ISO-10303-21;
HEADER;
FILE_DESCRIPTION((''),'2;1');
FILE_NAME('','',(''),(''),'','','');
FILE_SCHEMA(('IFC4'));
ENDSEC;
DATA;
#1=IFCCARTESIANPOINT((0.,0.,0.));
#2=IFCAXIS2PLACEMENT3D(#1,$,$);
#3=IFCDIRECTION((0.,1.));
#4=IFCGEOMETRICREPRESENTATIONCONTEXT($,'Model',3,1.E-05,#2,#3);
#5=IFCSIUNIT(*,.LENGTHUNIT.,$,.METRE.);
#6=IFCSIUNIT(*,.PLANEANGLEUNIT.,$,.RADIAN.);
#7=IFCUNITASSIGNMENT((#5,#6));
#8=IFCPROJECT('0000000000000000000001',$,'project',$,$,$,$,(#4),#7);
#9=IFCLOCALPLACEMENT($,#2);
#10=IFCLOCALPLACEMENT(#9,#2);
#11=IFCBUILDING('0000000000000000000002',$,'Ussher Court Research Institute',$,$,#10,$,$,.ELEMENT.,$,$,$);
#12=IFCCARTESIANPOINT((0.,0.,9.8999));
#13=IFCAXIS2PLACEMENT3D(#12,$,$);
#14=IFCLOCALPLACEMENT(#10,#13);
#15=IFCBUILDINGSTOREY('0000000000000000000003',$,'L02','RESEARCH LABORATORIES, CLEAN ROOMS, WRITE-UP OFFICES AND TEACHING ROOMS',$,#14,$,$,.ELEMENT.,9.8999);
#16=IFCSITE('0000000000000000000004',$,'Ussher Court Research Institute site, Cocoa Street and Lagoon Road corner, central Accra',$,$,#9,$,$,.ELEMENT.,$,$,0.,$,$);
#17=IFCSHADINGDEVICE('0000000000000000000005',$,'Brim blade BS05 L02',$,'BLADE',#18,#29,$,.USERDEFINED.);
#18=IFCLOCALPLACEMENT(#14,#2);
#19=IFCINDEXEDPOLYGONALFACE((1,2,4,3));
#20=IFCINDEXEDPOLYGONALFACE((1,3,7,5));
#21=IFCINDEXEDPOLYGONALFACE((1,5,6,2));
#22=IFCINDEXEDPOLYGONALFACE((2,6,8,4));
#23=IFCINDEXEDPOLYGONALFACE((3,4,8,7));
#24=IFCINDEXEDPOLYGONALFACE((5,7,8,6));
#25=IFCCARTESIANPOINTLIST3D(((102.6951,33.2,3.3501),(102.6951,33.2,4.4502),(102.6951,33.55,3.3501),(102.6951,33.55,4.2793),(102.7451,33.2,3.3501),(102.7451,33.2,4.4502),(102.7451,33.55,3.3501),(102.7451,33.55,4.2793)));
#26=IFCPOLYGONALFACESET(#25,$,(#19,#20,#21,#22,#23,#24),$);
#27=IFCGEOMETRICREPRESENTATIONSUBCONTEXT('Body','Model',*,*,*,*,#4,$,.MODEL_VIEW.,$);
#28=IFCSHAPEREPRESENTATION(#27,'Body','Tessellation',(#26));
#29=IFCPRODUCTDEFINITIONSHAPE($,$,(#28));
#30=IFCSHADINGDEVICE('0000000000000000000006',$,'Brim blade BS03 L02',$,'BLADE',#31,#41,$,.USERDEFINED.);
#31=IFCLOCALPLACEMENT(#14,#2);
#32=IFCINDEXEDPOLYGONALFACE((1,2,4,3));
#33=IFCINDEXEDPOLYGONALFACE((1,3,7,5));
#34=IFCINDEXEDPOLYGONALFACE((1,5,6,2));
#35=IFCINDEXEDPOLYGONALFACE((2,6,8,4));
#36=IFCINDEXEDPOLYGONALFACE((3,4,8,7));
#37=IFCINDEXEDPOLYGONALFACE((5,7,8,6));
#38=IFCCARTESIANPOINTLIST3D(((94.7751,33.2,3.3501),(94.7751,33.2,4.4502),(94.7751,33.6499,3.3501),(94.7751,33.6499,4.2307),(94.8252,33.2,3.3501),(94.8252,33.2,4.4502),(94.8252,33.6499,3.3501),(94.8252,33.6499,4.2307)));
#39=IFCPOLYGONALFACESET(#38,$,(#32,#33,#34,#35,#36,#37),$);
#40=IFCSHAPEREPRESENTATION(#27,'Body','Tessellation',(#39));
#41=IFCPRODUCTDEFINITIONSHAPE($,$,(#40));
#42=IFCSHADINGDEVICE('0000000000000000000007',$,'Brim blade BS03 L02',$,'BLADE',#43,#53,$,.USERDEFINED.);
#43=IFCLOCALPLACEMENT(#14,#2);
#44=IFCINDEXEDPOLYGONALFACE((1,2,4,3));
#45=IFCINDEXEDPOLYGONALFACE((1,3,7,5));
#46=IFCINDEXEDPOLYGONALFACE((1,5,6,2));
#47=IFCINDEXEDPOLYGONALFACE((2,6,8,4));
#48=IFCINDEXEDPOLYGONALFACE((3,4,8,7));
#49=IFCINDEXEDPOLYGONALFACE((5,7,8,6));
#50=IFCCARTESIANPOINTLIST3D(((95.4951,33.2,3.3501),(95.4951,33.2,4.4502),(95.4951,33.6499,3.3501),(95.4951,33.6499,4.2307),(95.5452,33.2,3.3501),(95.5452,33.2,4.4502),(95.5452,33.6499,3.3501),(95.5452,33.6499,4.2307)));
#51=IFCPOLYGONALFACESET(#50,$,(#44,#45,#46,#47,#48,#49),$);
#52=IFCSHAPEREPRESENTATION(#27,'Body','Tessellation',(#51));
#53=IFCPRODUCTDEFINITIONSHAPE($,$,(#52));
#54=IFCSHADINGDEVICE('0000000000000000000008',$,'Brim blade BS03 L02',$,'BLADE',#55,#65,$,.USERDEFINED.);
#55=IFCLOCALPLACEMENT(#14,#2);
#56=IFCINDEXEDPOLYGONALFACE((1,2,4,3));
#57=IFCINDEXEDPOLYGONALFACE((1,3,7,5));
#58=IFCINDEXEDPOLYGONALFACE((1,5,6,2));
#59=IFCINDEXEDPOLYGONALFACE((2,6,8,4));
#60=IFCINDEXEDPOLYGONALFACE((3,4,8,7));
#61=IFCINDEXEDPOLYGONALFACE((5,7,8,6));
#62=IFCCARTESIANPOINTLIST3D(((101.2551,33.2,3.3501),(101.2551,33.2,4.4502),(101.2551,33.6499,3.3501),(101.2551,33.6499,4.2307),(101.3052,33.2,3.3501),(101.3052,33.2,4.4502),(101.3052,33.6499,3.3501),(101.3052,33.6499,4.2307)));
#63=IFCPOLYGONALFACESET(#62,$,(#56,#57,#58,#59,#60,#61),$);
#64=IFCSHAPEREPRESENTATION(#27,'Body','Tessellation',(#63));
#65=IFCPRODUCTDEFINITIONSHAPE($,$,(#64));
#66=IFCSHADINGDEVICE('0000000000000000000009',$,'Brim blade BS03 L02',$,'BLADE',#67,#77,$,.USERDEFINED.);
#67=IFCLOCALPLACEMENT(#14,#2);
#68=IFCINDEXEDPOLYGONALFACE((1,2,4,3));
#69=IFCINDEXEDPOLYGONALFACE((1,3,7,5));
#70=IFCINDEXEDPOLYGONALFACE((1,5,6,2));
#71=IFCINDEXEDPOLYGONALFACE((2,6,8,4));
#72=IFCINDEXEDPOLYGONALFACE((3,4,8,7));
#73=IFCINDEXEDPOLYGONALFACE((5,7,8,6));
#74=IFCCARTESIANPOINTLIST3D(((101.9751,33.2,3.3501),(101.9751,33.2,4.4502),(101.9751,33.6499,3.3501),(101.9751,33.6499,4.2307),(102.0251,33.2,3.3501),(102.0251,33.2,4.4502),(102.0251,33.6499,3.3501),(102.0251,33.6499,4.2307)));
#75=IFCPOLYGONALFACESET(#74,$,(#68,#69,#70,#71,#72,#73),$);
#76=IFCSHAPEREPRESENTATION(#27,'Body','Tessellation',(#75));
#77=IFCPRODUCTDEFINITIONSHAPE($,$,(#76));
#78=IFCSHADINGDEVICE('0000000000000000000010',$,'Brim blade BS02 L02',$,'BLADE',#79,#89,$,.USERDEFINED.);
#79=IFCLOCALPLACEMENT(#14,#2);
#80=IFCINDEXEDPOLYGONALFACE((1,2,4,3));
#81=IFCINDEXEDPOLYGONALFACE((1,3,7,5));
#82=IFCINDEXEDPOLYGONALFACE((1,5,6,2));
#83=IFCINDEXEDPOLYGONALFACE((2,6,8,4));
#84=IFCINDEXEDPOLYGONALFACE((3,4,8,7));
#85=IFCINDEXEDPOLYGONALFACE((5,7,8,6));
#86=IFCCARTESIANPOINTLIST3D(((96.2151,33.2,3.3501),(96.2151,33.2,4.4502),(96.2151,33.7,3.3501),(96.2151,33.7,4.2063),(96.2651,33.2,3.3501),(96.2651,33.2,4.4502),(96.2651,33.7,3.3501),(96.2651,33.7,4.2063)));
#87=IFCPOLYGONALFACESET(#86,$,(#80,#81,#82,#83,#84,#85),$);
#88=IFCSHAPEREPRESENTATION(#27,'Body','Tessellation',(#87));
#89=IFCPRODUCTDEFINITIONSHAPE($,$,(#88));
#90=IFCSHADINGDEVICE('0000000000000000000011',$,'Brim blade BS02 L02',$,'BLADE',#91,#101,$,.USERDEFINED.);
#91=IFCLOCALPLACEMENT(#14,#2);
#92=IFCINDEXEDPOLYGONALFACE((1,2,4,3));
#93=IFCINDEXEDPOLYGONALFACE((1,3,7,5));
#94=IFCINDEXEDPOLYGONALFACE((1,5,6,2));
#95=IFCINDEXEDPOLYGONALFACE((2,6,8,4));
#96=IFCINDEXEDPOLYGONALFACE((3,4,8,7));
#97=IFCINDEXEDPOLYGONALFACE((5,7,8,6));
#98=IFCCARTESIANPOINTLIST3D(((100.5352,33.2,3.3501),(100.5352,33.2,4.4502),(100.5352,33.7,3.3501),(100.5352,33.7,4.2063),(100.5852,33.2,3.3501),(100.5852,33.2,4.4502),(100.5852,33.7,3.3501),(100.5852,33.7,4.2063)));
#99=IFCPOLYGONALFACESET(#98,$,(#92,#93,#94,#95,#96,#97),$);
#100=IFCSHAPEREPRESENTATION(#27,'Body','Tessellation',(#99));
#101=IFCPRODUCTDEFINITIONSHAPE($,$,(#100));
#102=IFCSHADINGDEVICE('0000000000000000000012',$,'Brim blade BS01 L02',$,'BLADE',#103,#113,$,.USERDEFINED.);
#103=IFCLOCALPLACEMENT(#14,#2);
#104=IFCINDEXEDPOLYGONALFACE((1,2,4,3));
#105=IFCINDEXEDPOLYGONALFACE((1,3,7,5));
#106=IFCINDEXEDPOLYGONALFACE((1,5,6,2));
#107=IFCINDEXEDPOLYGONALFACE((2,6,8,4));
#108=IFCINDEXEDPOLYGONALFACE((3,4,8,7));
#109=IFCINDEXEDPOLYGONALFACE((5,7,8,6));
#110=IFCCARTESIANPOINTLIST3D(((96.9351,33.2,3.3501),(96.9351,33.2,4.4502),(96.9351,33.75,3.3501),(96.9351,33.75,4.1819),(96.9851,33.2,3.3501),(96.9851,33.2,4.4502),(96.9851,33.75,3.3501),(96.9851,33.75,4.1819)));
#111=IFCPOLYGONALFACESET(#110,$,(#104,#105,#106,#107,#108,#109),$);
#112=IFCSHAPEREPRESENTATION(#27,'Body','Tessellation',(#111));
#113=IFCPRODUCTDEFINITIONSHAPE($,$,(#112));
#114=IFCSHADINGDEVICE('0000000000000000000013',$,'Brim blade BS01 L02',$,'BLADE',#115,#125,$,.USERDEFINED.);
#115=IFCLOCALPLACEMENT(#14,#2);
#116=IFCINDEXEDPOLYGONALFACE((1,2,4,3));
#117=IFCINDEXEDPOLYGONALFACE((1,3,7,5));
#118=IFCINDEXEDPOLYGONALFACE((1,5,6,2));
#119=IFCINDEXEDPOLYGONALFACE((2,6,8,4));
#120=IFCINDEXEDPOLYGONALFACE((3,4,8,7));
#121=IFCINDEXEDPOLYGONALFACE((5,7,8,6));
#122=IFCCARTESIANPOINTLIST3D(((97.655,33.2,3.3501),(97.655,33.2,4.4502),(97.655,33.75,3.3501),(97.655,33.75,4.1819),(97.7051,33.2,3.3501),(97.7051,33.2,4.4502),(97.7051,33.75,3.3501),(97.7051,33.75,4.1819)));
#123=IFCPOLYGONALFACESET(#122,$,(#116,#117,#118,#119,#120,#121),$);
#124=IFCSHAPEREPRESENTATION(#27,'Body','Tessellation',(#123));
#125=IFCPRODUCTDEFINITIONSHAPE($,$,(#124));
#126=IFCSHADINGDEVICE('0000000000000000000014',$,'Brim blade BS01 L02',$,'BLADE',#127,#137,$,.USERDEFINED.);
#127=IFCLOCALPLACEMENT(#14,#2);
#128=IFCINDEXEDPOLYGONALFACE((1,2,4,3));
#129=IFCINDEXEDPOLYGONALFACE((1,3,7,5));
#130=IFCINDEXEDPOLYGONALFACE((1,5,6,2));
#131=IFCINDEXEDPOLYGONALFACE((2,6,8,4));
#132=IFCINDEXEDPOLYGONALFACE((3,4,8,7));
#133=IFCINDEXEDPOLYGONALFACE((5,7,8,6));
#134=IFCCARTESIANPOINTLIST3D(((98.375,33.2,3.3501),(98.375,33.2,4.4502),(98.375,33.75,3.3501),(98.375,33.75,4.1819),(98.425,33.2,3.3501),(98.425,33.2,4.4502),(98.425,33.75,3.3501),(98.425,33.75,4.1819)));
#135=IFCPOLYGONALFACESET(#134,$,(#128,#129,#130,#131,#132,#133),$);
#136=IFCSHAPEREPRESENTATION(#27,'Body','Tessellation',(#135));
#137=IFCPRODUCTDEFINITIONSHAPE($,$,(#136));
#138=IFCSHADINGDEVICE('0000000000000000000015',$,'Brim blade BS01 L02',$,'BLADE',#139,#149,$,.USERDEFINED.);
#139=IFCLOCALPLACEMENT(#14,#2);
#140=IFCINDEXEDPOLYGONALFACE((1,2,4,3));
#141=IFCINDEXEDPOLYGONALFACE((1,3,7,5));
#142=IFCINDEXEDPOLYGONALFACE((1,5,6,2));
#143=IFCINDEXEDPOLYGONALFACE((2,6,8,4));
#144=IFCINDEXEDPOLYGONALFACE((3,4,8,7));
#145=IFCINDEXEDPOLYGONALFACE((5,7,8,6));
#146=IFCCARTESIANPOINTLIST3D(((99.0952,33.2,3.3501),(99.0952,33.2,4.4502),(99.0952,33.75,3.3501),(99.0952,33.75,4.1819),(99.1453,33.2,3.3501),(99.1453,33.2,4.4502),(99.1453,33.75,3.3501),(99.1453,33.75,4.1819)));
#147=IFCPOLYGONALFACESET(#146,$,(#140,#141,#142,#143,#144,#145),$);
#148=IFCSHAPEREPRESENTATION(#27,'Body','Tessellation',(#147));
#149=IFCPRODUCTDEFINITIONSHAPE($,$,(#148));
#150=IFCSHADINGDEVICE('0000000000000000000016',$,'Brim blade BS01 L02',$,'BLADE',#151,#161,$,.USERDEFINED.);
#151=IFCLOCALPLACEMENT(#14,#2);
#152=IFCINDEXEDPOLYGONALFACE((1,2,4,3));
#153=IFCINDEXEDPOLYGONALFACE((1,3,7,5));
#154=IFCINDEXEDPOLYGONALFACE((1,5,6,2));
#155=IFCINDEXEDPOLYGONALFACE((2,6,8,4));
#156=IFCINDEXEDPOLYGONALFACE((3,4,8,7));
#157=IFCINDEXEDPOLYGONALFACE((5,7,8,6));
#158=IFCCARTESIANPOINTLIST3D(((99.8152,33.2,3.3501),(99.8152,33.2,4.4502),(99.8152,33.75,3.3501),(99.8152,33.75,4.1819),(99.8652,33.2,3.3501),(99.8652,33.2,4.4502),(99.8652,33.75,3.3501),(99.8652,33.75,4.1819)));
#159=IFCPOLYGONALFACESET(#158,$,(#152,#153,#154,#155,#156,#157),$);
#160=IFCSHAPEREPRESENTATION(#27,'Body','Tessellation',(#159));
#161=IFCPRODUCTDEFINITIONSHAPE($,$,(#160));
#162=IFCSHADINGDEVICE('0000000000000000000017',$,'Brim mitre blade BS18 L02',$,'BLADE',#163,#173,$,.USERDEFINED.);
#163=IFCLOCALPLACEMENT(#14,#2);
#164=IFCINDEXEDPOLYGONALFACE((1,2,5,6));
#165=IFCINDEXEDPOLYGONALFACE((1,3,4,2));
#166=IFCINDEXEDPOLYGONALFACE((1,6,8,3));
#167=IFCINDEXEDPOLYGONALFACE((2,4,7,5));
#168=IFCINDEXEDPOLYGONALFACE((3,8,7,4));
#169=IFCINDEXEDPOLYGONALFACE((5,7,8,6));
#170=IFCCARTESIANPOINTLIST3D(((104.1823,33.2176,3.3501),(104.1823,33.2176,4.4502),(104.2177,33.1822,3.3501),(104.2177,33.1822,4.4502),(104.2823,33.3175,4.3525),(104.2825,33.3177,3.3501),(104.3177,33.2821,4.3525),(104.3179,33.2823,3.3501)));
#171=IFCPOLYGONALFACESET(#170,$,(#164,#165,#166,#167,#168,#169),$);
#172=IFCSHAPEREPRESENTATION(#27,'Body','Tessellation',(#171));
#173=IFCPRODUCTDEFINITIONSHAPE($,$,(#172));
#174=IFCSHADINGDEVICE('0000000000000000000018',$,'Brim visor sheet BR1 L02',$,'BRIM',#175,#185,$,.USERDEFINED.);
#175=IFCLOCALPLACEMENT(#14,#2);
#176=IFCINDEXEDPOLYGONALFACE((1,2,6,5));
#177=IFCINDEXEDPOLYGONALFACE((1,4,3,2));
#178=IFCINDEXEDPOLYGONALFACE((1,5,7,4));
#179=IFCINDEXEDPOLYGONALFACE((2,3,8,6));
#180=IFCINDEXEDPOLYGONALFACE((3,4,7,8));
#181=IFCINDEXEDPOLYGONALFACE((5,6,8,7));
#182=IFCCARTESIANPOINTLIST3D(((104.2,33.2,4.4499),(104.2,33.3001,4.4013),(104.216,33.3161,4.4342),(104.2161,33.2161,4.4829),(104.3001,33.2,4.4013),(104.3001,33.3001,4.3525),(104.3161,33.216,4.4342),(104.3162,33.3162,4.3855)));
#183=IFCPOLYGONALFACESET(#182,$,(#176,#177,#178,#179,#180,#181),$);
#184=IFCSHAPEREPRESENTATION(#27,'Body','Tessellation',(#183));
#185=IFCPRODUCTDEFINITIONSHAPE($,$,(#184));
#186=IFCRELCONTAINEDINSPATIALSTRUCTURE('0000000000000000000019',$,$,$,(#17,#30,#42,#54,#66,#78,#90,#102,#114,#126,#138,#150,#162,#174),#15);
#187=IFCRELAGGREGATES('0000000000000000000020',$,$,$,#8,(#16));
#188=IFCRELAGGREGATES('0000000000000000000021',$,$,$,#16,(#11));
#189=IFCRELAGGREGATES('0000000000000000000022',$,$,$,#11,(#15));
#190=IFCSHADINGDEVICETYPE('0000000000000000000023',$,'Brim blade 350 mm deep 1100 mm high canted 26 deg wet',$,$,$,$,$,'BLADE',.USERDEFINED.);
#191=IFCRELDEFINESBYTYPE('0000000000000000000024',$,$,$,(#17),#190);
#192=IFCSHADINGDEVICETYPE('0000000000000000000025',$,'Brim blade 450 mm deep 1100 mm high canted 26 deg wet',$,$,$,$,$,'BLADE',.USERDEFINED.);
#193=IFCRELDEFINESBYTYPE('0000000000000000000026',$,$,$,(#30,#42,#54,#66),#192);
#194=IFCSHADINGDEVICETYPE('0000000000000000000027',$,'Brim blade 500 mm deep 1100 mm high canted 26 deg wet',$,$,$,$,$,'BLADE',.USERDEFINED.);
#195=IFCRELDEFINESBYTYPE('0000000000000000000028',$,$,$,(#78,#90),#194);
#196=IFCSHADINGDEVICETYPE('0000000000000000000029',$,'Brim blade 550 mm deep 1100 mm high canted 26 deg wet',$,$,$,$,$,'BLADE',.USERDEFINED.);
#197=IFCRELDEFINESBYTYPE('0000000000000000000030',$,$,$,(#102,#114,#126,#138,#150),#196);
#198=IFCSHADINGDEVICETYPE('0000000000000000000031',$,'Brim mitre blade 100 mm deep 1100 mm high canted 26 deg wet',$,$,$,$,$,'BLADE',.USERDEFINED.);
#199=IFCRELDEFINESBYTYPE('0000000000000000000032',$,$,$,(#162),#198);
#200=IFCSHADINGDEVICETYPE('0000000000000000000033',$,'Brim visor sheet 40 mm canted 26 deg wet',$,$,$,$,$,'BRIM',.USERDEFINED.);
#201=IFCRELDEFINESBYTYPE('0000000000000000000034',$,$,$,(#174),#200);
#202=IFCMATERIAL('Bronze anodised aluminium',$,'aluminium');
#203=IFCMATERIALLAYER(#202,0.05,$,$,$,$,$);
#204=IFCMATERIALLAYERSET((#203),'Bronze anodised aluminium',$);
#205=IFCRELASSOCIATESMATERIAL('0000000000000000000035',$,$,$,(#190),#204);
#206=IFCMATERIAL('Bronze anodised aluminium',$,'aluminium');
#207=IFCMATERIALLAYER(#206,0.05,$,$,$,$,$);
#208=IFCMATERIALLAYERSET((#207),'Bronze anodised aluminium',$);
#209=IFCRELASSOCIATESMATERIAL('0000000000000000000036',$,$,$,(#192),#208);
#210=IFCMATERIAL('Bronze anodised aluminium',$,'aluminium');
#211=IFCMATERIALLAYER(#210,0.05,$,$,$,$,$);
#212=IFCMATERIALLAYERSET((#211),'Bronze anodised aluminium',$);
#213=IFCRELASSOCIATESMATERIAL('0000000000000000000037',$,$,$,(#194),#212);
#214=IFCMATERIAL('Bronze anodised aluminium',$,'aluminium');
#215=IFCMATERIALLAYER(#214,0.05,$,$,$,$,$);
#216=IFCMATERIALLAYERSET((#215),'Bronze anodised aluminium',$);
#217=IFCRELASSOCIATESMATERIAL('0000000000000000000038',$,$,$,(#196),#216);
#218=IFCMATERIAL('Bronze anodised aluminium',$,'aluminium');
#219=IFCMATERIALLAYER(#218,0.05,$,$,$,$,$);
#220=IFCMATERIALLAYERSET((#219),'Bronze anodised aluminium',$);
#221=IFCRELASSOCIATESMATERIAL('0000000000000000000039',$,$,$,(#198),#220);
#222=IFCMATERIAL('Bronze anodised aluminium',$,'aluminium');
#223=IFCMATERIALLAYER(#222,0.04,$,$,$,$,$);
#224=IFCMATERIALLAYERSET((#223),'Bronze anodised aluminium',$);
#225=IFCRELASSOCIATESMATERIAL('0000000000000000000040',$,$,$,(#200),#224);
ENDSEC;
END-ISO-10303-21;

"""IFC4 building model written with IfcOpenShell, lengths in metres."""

from ifc_helpers import new_model, si_unit, direction, frame, origin, place, context, subcontext, project, spatial, polyline, outline, extrude, material, layer, layer_set, type_object, element, save


model = new_model("IFC4")

# Units and contexts
model_context = context("Model", 3, precision=1e-05, world=origin(), true_north=direction((0.0, 1.0)))
body_context = subcontext(model_context, "Body", "Model", "MODEL_VIEW")
ifc_project = project(units=[si_unit("LENGTHUNIT", "METRE"), si_unit("PLANEANGLEUNIT", "RADIAN")], contexts=[model_context])

# Site, building, storey
site_placement = place(None, origin())
site = spatial("IfcSite", under=ifc_project, at=site_placement, Name="Ussher Court Research Institute site, Cocoa Street and Lagoon Road corner, central Accra", CompositionType="ELEMENT", RefElevation=0.0)
building_placement = place(site_placement, origin())
building = spatial("IfcBuilding", under=site, at=building_placement, Name="Ussher Court Research Institute", CompositionType="ELEMENT")
storey_placement = place(building_placement, frame((0.0, 0.0, 9.8999)))
storey = spatial("IfcBuildingStorey", under=building, at=storey_placement, Name="L02", Description="RESEARCH LABORATORIES, CLEAN ROOMS, WRITE-UP OFFICES AND TEACHING ROOMS", CompositionType="ELEMENT", Elevation=9.8999)

# Shading devices
ifc_material_1 = material(Name="Bronze anodised aluminium", Category="aluminium")
ifc_layer_1 = layer(ifc_material_1, 0.05)
ifc_layer_set_1 = layer_set([ifc_layer_1], Name="Bronze anodised aluminium")
shading_device_type_1 = type_object("IfcShadingDeviceType", Name="Brim blade 350 mm deep 1100 mm high canted 26 deg wet", ElementType="BLADE", PredefinedType="USERDEFINED", material=ifc_layer_set_1)
for number, where, z_axis, x_axis, name in (
    (1, (102.72, 33.2, 3.3501), (0.0, 0.0, 1.0), (0.0, 1.0, 0.0), "Brim blade BS05 L02"),
):
    element("IfcShadingDevice", number, at=place(storey_placement, frame(where, z_axis=z_axis, x_axis=x_axis)), inside=storey, type_object=shading_device_type_1, Name=name, ObjectType="BLADE", PredefinedType="USERDEFINED", context=body_context, shape_type="SweptSolid", body=[
        extrude(outline(polyline([(0.0, 0.0), (0.3501, 0.0), (0.3501, 0.9292), (0.0, 1.1001), (0.0, 0.0)])), frame((0.0, 0.0249, 0.0), z_axis=(0.0, -1.0, 0.0), x_axis=(1.0, 0.0, 0.0)), (0.0, 0.0, 1.0), 0.05),
    ])
ifc_material_2 = material(Name="Bronze anodised aluminium", Category="aluminium")
ifc_layer_2 = layer(ifc_material_2, 0.05)
ifc_layer_set_2 = layer_set([ifc_layer_2], Name="Bronze anodised aluminium")
shading_device_type_2 = type_object("IfcShadingDeviceType", Name="Brim blade 450 mm deep 1100 mm high canted 26 deg wet", ElementType="BLADE", PredefinedType="USERDEFINED", material=ifc_layer_set_2)
for number, where, z_axis, x_axis, name in (
    (2, (94.8, 33.2, 3.3501), (0.0, 0.0, 1.0), (0.0, 1.0, 0.0), "Brim blade BS03 L02"),
    (3, (95.52, 33.2, 3.3501), (0.0, 0.0, 1.0), (0.0, 1.0, 0.0), "Brim blade BS03 L02"),
    (4, (101.28, 33.2, 3.3501), (0.0, 0.0, 1.0), (0.0, 1.0, 0.0), "Brim blade BS03 L02"),
    (5, (102.0, 33.2, 3.3501), (0.0, 0.0, 1.0), (0.0, 1.0, 0.0), "Brim blade BS03 L02"),
):
    element("IfcShadingDevice", number, at=place(storey_placement, frame(where, z_axis=z_axis, x_axis=x_axis)), inside=storey, type_object=shading_device_type_2, Name=name, ObjectType="BLADE", PredefinedType="USERDEFINED", context=body_context, shape_type="SweptSolid", body=[
        extrude(outline(polyline([(0.0, 0.0), (0.45, 0.0), (0.45, 0.8806), (0.0, 1.1001), (0.0, 0.0)])), frame((0.0, 0.0249, 0.0), z_axis=(0.0, -1.0, 0.0), x_axis=(1.0, 0.0, 0.0)), (0.0, 0.0, 1.0), 0.05),
    ])
ifc_material_3 = material(Name="Bronze anodised aluminium", Category="aluminium")
ifc_layer_3 = layer(ifc_material_3, 0.05)
ifc_layer_set_3 = layer_set([ifc_layer_3], Name="Bronze anodised aluminium")
shading_device_type_3 = type_object("IfcShadingDeviceType", Name="Brim blade 500 mm deep 1100 mm high canted 26 deg wet", ElementType="BLADE", PredefinedType="USERDEFINED", material=ifc_layer_set_3)
for number, where, z_axis, x_axis, name in (
    (6, (96.24, 33.2, 3.3501), (0.0, 0.0, 1.0), (0.0, 1.0, 0.0), "Brim blade BS02 L02"),
    (7, (100.5601, 33.2, 3.3501), (0.0, 0.0, 1.0), (0.0, 1.0, 0.0), "Brim blade BS02 L02"),
):
    element("IfcShadingDevice", number, at=place(storey_placement, frame(where, z_axis=z_axis, x_axis=x_axis)), inside=storey, type_object=shading_device_type_3, Name=name, ObjectType="BLADE", PredefinedType="USERDEFINED", context=body_context, shape_type="SweptSolid", body=[
        extrude(outline(polyline([(0.0, 0.0), (0.5, 0.0), (0.5, 0.8562), (0.0, 1.1001), (0.0, 0.0)])), frame((0.0, 0.0249, 0.0), z_axis=(0.0, -1.0, 0.0), x_axis=(1.0, 0.0, 0.0)), (0.0, 0.0, 1.0), 0.05),
    ])
ifc_material_4 = material(Name="Bronze anodised aluminium", Category="aluminium")
ifc_layer_4 = layer(ifc_material_4, 0.05)
ifc_layer_set_4 = layer_set([ifc_layer_4], Name="Bronze anodised aluminium")
shading_device_type_4 = type_object("IfcShadingDeviceType", Name="Brim blade 550 mm deep 1100 mm high canted 26 deg wet", ElementType="BLADE", PredefinedType="USERDEFINED", material=ifc_layer_set_4)
for number, where, z_axis, x_axis, name in (
    (8, (96.96, 33.2, 3.3501), (0.0, 0.0, 1.0), (0.0, 1.0, 0.0), "Brim blade BS01 L02"),
    (9, (97.6799, 33.2, 3.3501), (0.0, 0.0, 1.0), (0.0, 1.0, 0.0), "Brim blade BS01 L02"),
    (10, (98.3999, 33.2, 3.3501), (0.0, 0.0, 1.0), (0.0, 1.0, 0.0), "Brim blade BS01 L02"),
    (11, (99.1201, 33.2, 3.3501), (0.0, 0.0, 1.0), (0.0, 1.0, 0.0), "Brim blade BS01 L02"),
    (12, (99.8401, 33.2, 3.3501), (0.0, 0.0, 1.0), (0.0, 1.0, 0.0), "Brim blade BS01 L02"),
):
    element("IfcShadingDevice", number, at=place(storey_placement, frame(where, z_axis=z_axis, x_axis=x_axis)), inside=storey, type_object=shading_device_type_4, Name=name, ObjectType="BLADE", PredefinedType="USERDEFINED", context=body_context, shape_type="SweptSolid", body=[
        extrude(outline(polyline([(0.0, 0.0), (0.55, 0.0), (0.55, 0.8318), (0.0, 1.1001), (0.0, 0.0)])), frame((0.0, 0.0249, 0.0), z_axis=(0.0, -1.0, 0.0), x_axis=(1.0, 0.0, 0.0)), (0.0, 0.0, 1.0), 0.05),
    ])
ifc_material_5 = material(Name="Bronze anodised aluminium", Category="aluminium")
ifc_layer_5 = layer(ifc_material_5, 0.05)
ifc_layer_set_5 = layer_set([ifc_layer_5], Name="Bronze anodised aluminium")
shading_device_type_5 = type_object("IfcShadingDeviceType", Name="Brim mitre blade 100 mm deep 1100 mm high canted 26 deg wet", ElementType="BLADE", PredefinedType="USERDEFINED", material=ifc_layer_set_5)
shading_device_1_placement = place(storey_placement, frame((104.2, 33.2, 3.3501), z_axis=(0.0, 0.0, 1.0), x_axis=(0.707107, 0.707107, 0.0)))
element("IfcShadingDevice", 13, at=shading_device_1_placement, inside=storey, type_object=shading_device_type_5, Name="Brim mitre blade BS18 L02", ObjectType="BLADE", PredefinedType="USERDEFINED", context=body_context, shape_type="SweptSolid", body=[
    extrude(outline(polyline([(0.0, 0.0), (0.1416, 0.0), (0.1414, 1.0024), (0.0, 1.1001), (0.0, 0.0)])), frame((0.0, 0.0249, 0.0), z_axis=(0.0, -1.0, 0.0), x_axis=(1.0, 0.0, 0.0)), (0.0, 0.0, 1.0), 0.05),
])
ifc_material_6 = material(Name="Bronze anodised aluminium", Category="aluminium")
ifc_layer_6 = layer(ifc_material_6, 0.04)
ifc_layer_set_6 = layer_set([ifc_layer_6], Name="Bronze anodised aluminium")
shading_device_type_6 = type_object("IfcShadingDeviceType", Name="Brim visor sheet 40 mm canted 26 deg wet", ElementType="BRIM", PredefinedType="USERDEFINED", material=ifc_layer_set_6)
shading_device_2_placement = place(storey_placement, frame((104.2161, 33.2161, 4.4829), z_axis=(0.400848, 0.400848, 0.823797), x_axis=(0.899269, -0.000362, -0.437395)))
element("IfcShadingDevice", 14, at=shading_device_2_placement, inside=storey, type_object=shading_device_type_6, Name="Brim visor sheet BR1 L02", ObjectType="BRIM", PredefinedType="USERDEFINED", context=body_context, shape_type="SweptSolid", body=[
    extrude(outline(polyline([(0.0, 0.0), (0.1113, 0.0), (0.1326, 0.1093), (0.0212, 0.1092), (0.0, 0.0)])), origin(), (0.0, 0.0, -1.0), 0.04),
])

save(model, "model.ifc")
